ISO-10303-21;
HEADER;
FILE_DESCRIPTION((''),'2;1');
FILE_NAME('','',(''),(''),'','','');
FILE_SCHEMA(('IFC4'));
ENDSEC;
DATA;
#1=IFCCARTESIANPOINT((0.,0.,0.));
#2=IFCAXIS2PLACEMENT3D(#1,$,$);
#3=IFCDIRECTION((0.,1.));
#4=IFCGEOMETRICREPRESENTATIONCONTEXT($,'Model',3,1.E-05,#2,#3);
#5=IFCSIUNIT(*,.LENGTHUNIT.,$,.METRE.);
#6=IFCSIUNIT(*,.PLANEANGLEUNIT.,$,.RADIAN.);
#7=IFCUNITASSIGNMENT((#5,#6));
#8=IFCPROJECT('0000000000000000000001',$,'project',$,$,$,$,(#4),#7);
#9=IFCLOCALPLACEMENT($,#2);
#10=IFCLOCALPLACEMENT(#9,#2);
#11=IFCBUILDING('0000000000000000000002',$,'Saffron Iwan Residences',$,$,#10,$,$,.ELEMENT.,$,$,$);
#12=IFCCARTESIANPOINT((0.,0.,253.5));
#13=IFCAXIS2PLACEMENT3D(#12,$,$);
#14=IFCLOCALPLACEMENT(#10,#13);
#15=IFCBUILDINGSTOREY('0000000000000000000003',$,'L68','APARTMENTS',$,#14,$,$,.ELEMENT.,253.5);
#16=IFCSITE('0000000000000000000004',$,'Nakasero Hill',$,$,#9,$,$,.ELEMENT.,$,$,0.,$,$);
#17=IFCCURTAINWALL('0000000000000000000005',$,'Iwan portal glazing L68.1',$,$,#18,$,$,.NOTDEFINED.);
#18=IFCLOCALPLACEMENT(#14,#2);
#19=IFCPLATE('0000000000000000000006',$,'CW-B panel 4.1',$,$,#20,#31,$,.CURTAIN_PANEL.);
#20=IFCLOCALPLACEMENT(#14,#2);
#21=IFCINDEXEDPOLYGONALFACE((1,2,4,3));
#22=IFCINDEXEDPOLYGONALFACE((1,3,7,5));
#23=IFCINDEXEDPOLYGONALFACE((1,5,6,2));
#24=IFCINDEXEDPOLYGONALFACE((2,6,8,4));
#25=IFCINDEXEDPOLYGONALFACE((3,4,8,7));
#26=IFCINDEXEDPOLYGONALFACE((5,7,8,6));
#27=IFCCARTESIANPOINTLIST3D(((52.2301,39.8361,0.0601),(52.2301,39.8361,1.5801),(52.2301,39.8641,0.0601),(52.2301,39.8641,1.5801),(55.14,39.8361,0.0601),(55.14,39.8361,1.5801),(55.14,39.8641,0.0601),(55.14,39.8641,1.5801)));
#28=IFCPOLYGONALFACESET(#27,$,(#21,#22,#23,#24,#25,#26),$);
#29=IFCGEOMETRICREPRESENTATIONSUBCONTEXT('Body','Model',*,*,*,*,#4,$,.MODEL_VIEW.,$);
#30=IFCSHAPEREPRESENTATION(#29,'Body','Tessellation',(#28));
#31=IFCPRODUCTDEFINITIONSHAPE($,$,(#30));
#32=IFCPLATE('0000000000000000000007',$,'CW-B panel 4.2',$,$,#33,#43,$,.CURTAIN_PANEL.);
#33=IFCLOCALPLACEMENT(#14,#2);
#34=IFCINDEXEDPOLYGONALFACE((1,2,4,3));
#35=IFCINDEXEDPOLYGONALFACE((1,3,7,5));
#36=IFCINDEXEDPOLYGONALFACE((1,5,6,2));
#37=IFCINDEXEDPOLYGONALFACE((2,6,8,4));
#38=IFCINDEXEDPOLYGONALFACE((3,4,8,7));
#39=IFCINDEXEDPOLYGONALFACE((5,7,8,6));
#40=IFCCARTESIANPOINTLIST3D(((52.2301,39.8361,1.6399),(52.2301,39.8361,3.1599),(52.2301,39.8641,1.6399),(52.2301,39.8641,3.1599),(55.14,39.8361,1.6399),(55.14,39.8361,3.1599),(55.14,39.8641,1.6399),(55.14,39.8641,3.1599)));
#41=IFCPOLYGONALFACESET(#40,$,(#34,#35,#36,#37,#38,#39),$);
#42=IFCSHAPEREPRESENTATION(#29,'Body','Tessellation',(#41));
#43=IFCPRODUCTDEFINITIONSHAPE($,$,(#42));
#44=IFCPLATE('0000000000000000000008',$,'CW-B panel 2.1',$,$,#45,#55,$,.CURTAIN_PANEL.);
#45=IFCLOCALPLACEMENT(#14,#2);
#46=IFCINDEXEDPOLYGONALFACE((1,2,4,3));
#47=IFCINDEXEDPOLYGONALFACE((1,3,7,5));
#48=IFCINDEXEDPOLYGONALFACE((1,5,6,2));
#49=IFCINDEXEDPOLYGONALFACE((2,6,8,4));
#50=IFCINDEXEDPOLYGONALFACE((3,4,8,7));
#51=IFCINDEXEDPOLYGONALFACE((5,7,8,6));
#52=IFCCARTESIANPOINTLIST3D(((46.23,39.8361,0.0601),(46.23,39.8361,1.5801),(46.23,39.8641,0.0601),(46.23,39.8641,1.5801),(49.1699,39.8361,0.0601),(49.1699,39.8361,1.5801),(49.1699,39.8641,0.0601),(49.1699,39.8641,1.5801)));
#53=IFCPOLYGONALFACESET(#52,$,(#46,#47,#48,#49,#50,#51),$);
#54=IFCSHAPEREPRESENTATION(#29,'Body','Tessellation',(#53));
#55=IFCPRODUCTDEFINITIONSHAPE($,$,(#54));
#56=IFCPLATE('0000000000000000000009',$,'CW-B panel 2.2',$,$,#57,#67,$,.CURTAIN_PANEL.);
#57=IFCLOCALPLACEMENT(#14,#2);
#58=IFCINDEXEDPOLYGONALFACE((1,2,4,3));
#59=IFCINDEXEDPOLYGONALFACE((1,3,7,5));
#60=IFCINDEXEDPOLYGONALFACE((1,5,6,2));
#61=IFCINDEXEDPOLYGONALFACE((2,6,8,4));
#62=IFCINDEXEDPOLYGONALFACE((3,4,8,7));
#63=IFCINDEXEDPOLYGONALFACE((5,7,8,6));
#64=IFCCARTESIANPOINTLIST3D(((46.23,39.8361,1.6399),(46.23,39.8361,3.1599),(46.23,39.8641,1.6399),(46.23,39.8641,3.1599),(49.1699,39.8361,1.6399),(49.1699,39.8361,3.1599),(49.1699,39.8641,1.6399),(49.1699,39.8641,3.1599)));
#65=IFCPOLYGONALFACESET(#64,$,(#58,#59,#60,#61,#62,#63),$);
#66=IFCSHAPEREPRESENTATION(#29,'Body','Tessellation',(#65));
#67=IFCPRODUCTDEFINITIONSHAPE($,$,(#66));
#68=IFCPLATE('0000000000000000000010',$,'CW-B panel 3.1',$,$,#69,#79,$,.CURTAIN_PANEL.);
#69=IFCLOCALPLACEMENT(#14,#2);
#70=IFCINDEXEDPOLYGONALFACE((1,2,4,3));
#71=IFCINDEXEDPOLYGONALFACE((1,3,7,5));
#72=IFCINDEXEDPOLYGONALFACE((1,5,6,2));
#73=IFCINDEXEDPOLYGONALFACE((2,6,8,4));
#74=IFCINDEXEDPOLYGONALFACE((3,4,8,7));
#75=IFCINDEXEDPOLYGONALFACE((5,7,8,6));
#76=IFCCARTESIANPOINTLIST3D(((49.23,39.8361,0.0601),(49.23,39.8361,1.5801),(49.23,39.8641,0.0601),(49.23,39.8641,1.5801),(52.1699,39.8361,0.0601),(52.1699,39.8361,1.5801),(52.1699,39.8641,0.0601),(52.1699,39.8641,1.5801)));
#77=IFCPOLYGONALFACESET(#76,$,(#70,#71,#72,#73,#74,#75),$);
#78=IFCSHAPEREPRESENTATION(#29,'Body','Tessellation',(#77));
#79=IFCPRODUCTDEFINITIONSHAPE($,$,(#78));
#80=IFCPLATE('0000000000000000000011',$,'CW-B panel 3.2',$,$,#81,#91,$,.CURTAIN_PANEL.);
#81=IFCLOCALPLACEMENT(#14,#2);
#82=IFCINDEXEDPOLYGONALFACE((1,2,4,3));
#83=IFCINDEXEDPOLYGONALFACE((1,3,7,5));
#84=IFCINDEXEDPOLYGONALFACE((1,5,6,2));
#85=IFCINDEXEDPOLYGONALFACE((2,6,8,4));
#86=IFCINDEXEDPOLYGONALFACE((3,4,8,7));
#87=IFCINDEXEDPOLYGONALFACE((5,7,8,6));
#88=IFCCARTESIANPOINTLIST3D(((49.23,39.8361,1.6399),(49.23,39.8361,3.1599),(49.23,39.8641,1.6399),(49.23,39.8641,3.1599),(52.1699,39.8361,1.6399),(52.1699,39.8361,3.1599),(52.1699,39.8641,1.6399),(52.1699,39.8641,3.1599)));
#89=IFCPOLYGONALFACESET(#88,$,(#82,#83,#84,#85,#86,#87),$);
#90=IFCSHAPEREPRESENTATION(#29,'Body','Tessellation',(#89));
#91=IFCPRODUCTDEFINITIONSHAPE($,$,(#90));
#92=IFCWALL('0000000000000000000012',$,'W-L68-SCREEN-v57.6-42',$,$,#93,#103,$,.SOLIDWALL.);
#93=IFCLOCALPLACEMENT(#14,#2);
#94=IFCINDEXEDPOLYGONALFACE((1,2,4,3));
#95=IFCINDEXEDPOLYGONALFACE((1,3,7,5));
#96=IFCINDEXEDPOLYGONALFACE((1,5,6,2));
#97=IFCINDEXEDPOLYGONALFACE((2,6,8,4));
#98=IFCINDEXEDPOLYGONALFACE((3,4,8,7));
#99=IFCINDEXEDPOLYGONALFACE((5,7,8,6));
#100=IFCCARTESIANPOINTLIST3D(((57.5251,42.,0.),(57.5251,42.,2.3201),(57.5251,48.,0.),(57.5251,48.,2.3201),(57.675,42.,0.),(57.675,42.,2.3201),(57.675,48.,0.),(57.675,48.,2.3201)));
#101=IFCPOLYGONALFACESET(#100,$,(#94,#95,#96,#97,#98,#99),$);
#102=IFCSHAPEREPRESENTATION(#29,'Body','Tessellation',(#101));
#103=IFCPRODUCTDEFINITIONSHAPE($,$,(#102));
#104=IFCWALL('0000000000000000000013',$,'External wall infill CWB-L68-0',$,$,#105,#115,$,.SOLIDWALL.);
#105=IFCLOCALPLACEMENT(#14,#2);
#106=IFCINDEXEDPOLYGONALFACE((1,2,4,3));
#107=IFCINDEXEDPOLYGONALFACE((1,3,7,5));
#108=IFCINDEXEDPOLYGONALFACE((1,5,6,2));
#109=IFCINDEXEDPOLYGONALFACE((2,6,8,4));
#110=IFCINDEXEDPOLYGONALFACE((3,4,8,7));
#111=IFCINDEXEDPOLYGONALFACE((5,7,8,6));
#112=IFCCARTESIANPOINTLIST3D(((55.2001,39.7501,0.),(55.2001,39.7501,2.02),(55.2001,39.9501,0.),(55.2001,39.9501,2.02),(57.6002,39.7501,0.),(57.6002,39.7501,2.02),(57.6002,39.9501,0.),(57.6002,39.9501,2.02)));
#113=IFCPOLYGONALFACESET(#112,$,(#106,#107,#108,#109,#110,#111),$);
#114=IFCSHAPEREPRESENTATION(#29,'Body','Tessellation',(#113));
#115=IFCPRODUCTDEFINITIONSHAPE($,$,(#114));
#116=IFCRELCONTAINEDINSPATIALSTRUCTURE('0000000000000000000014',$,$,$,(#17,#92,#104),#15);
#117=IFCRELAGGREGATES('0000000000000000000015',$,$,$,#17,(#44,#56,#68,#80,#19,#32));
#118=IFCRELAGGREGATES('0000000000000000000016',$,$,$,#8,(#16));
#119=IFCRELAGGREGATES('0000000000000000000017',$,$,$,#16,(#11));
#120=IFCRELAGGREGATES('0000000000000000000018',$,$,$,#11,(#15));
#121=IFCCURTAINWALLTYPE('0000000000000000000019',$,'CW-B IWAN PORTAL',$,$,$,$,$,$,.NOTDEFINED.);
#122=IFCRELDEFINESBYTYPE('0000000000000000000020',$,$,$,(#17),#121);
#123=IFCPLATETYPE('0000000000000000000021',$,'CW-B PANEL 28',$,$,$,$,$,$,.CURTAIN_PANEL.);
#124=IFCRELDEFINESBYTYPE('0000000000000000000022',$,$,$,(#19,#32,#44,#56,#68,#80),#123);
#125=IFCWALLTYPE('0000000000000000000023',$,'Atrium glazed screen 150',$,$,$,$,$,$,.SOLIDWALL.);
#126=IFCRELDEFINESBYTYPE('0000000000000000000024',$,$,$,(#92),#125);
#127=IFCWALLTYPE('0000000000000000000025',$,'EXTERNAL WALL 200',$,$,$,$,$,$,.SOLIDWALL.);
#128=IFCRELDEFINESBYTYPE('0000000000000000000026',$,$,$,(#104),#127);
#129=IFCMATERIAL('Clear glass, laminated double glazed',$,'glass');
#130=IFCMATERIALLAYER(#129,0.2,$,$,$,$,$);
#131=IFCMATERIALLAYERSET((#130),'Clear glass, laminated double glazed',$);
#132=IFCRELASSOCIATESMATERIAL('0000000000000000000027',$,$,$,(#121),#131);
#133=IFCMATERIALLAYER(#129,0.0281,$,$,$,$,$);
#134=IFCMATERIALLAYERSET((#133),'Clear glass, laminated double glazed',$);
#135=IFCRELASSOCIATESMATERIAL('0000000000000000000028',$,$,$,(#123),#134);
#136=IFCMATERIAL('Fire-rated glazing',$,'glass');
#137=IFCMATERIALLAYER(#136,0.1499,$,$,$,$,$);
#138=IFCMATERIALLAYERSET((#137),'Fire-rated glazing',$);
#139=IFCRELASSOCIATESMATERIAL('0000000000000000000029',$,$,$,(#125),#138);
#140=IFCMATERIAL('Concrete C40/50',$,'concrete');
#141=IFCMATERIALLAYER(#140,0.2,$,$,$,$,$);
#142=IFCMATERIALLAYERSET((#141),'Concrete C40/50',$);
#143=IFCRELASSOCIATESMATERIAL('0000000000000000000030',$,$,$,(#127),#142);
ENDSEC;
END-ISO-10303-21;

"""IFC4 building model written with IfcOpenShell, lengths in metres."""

from ifc_helpers import new_model, si_unit, direction, frame, frame_2d, origin, origin_2d, place, context, subcontext, project, spatial, rectangle, extrude, source, transform, mapped, material, layer, layer_set, type_object, element, aggregate, save


model = new_model("IFC4")

# Units and contexts
model_context = context("Model", 3, precision=1e-05, world=origin(), true_north=direction((0.0, 1.0)))
body_context = subcontext(model_context, "Body", "Model", "MODEL_VIEW")
ifc_project = project(units=[si_unit("LENGTHUNIT", "METRE"), si_unit("PLANEANGLEUNIT", "RADIAN")], contexts=[model_context])

# Site, building, storey
site_placement = place(None, origin())
site = spatial("IfcSite", under=ifc_project, at=site_placement, Name="Nakasero Hill", CompositionType="ELEMENT", RefElevation=0.0)
building_placement = place(site_placement, origin())
building = spatial("IfcBuilding", under=site, at=building_placement, Name="Saffron Iwan Residences", CompositionType="ELEMENT")
storey_placement = place(building_placement, frame((0.0, 0.0, 253.5)))
storey = spatial("IfcBuildingStorey", under=building, at=storey_placement, Name="L68", Description="APARTMENTS", CompositionType="ELEMENT", Elevation=253.5)

# Shared definitions
ifc_material_1 = material(Name="Concrete C40/50", Category="concrete")

# Curtain wall, plates
ifc_material_2 = material(Name="Clear glass, laminated double glazed", Category="glass")
ifc_layer_1 = layer(ifc_material_2, 0.2)
ifc_layer_set_1 = layer_set([ifc_layer_1], Name="Clear glass, laminated double glazed")
curtain_wall_type = type_object("IfcCurtainWallType", Name="CW-B IWAN PORTAL", PredefinedType="NOTDEFINED", material=ifc_layer_set_1)
curtain_wall_placement = place(storey_placement, origin())
curtain_wall = element("IfcCurtainWall", 1, at=curtain_wall_placement, inside=storey, type_object=curtain_wall_type, Name="Iwan portal glazing L68.1", PredefinedType="NOTDEFINED")
ifc_layer_2 = layer(ifc_material_2, 0.0281)
ifc_layer_set_2 = layer_set([ifc_layer_2], Name="Clear glass, laminated double glazed")
plate_type = type_object("IfcPlateType", Name="CW-B PANEL 28", PredefinedType="CURTAIN_PANEL", material=ifc_layer_set_2)
shared_shape_1 = source(origin(), body_context, "Body", "SweptSolid", [
    extrude(rectangle(XDim=2.9099, YDim=0.0281, at=origin_2d()), origin(), (0.0, 0.0, 1.0), 1.52),
])
plate_1_placement = place(storey_placement, frame((53.6851, 39.8501, 0.0601), z_axis=(0.0, 0.0, 1.0), x_axis=(1.0, 0.0, 0.0)))
plate_1 = element("IfcPlate", 2, at=plate_1_placement, type_object=plate_type, Name="CW-B panel 4.1", PredefinedType="CURTAIN_PANEL", context=body_context, shape_type="MappedRepresentation", body=[
    mapped(shared_shape_1, transform((0.0, 0.0, 0.0))),
])
plate_2_placement = place(storey_placement, frame((53.6851, 39.8501, 1.6399), z_axis=(0.0, 0.0, 1.0), x_axis=(1.0, 0.0, 0.0)))
plate_2 = element("IfcPlate", 3, at=plate_2_placement, type_object=plate_type, Name="CW-B panel 4.2", PredefinedType="CURTAIN_PANEL", context=body_context, shape_type="MappedRepresentation", body=[
    mapped(shared_shape_1, transform((0.0, 0.0, 0.0))),
])
shared_shape_2 = source(origin(), body_context, "Body", "SweptSolid", [
    extrude(rectangle(XDim=2.9399, YDim=0.0281, at=origin_2d()), origin(), (0.0, 0.0, 1.0), 1.52),
])
plate_3_placement = place(storey_placement, frame((47.7, 39.8501, 0.0601), z_axis=(0.0, 0.0, 1.0), x_axis=(1.0, 0.0, 0.0)))
plate_3 = element("IfcPlate", 4, at=plate_3_placement, type_object=plate_type, Name="CW-B panel 2.1", PredefinedType="CURTAIN_PANEL", context=body_context, shape_type="MappedRepresentation", body=[
    mapped(shared_shape_2, transform((0.0, 0.0, 0.0))),
])
plate_4_placement = place(storey_placement, frame((47.7, 39.8501, 1.6399), z_axis=(0.0, 0.0, 1.0), x_axis=(1.0, 0.0, 0.0)))
plate_4 = element("IfcPlate", 5, at=plate_4_placement, type_object=plate_type, Name="CW-B panel 2.2", PredefinedType="CURTAIN_PANEL", context=body_context, shape_type="MappedRepresentation", body=[
    mapped(shared_shape_2, transform((0.0, 0.0, 0.0))),
])
plate_5_placement = place(storey_placement, frame((50.7, 39.8501, 0.0601), z_axis=(0.0, 0.0, 1.0), x_axis=(1.0, 0.0, 0.0)))
plate_5 = element("IfcPlate", 6, at=plate_5_placement, type_object=plate_type, Name="CW-B panel 3.1", PredefinedType="CURTAIN_PANEL", context=body_context, shape_type="MappedRepresentation", body=[
    mapped(shared_shape_2, transform((0.0, 0.0, 0.0))),
])
plate_6_placement = place(storey_placement, frame((50.7, 39.8501, 1.6399), z_axis=(0.0, 0.0, 1.0), x_axis=(1.0, 0.0, 0.0)))
plate_6 = element("IfcPlate", 7, at=plate_6_placement, type_object=plate_type, Name="CW-B panel 3.2", PredefinedType="CURTAIN_PANEL", context=body_context, shape_type="MappedRepresentation", body=[
    mapped(shared_shape_2, transform((0.0, 0.0, 0.0))),
])
aggregate(curtain_wall, [plate_3, plate_4, plate_5, plate_6, plate_1, plate_2])

# Walls
ifc_material_3 = material(Name="Fire-rated glazing", Category="glass")
ifc_layer_3 = layer(ifc_material_3, 0.1499)
ifc_layer_set_3 = layer_set([ifc_layer_3], Name="Fire-rated glazing")
wall_type_1 = type_object("IfcWallType", Name="Atrium glazed screen 150", PredefinedType="SOLIDWALL", material=ifc_layer_set_3)
wall_1_placement = place(storey_placement, frame((57.6001, 42.0, 0.0), z_axis=(0.0, 0.0, 1.0), x_axis=(0.0, 1.0, 0.0)))
element("IfcWall", 8, at=wall_1_placement, inside=storey, type_object=wall_type_1, Name="W-L68-SCREEN-v57.6-42", PredefinedType="SOLIDWALL", context=body_context, shape_type="SweptSolid", body=[
    extrude(rectangle(XDim=6.0, YDim=0.1499, at=frame_2d((3.0, 0.0))), origin(), (0.0, 0.0, 1.0), 2.3201),
])
ifc_layer_4 = layer(ifc_material_1, 0.2)
ifc_layer_set_4 = layer_set([ifc_layer_4], Name="Concrete C40/50")
wall_type_2 = type_object("IfcWallType", Name="EXTERNAL WALL 200", PredefinedType="SOLIDWALL", material=ifc_layer_set_4)
wall_2_placement = place(storey_placement, frame((55.2, 39.8501, 0.0), z_axis=(0.0, 0.0, 1.0), x_axis=(1.0, 0.0, 0.0)))
element("IfcWall", 9, at=wall_2_placement, inside=storey, type_object=wall_type_2, Name="External wall infill CWB-L68-0", PredefinedType="SOLIDWALL", context=body_context, shape_type="SweptSolid", body=[
    extrude(rectangle(XDim=2.4001, YDim=0.2, at=frame_2d((1.2002, 0.0))), origin(), (0.0, 0.0, 1.0), 2.02),
])

save(model, "model.ifc")
